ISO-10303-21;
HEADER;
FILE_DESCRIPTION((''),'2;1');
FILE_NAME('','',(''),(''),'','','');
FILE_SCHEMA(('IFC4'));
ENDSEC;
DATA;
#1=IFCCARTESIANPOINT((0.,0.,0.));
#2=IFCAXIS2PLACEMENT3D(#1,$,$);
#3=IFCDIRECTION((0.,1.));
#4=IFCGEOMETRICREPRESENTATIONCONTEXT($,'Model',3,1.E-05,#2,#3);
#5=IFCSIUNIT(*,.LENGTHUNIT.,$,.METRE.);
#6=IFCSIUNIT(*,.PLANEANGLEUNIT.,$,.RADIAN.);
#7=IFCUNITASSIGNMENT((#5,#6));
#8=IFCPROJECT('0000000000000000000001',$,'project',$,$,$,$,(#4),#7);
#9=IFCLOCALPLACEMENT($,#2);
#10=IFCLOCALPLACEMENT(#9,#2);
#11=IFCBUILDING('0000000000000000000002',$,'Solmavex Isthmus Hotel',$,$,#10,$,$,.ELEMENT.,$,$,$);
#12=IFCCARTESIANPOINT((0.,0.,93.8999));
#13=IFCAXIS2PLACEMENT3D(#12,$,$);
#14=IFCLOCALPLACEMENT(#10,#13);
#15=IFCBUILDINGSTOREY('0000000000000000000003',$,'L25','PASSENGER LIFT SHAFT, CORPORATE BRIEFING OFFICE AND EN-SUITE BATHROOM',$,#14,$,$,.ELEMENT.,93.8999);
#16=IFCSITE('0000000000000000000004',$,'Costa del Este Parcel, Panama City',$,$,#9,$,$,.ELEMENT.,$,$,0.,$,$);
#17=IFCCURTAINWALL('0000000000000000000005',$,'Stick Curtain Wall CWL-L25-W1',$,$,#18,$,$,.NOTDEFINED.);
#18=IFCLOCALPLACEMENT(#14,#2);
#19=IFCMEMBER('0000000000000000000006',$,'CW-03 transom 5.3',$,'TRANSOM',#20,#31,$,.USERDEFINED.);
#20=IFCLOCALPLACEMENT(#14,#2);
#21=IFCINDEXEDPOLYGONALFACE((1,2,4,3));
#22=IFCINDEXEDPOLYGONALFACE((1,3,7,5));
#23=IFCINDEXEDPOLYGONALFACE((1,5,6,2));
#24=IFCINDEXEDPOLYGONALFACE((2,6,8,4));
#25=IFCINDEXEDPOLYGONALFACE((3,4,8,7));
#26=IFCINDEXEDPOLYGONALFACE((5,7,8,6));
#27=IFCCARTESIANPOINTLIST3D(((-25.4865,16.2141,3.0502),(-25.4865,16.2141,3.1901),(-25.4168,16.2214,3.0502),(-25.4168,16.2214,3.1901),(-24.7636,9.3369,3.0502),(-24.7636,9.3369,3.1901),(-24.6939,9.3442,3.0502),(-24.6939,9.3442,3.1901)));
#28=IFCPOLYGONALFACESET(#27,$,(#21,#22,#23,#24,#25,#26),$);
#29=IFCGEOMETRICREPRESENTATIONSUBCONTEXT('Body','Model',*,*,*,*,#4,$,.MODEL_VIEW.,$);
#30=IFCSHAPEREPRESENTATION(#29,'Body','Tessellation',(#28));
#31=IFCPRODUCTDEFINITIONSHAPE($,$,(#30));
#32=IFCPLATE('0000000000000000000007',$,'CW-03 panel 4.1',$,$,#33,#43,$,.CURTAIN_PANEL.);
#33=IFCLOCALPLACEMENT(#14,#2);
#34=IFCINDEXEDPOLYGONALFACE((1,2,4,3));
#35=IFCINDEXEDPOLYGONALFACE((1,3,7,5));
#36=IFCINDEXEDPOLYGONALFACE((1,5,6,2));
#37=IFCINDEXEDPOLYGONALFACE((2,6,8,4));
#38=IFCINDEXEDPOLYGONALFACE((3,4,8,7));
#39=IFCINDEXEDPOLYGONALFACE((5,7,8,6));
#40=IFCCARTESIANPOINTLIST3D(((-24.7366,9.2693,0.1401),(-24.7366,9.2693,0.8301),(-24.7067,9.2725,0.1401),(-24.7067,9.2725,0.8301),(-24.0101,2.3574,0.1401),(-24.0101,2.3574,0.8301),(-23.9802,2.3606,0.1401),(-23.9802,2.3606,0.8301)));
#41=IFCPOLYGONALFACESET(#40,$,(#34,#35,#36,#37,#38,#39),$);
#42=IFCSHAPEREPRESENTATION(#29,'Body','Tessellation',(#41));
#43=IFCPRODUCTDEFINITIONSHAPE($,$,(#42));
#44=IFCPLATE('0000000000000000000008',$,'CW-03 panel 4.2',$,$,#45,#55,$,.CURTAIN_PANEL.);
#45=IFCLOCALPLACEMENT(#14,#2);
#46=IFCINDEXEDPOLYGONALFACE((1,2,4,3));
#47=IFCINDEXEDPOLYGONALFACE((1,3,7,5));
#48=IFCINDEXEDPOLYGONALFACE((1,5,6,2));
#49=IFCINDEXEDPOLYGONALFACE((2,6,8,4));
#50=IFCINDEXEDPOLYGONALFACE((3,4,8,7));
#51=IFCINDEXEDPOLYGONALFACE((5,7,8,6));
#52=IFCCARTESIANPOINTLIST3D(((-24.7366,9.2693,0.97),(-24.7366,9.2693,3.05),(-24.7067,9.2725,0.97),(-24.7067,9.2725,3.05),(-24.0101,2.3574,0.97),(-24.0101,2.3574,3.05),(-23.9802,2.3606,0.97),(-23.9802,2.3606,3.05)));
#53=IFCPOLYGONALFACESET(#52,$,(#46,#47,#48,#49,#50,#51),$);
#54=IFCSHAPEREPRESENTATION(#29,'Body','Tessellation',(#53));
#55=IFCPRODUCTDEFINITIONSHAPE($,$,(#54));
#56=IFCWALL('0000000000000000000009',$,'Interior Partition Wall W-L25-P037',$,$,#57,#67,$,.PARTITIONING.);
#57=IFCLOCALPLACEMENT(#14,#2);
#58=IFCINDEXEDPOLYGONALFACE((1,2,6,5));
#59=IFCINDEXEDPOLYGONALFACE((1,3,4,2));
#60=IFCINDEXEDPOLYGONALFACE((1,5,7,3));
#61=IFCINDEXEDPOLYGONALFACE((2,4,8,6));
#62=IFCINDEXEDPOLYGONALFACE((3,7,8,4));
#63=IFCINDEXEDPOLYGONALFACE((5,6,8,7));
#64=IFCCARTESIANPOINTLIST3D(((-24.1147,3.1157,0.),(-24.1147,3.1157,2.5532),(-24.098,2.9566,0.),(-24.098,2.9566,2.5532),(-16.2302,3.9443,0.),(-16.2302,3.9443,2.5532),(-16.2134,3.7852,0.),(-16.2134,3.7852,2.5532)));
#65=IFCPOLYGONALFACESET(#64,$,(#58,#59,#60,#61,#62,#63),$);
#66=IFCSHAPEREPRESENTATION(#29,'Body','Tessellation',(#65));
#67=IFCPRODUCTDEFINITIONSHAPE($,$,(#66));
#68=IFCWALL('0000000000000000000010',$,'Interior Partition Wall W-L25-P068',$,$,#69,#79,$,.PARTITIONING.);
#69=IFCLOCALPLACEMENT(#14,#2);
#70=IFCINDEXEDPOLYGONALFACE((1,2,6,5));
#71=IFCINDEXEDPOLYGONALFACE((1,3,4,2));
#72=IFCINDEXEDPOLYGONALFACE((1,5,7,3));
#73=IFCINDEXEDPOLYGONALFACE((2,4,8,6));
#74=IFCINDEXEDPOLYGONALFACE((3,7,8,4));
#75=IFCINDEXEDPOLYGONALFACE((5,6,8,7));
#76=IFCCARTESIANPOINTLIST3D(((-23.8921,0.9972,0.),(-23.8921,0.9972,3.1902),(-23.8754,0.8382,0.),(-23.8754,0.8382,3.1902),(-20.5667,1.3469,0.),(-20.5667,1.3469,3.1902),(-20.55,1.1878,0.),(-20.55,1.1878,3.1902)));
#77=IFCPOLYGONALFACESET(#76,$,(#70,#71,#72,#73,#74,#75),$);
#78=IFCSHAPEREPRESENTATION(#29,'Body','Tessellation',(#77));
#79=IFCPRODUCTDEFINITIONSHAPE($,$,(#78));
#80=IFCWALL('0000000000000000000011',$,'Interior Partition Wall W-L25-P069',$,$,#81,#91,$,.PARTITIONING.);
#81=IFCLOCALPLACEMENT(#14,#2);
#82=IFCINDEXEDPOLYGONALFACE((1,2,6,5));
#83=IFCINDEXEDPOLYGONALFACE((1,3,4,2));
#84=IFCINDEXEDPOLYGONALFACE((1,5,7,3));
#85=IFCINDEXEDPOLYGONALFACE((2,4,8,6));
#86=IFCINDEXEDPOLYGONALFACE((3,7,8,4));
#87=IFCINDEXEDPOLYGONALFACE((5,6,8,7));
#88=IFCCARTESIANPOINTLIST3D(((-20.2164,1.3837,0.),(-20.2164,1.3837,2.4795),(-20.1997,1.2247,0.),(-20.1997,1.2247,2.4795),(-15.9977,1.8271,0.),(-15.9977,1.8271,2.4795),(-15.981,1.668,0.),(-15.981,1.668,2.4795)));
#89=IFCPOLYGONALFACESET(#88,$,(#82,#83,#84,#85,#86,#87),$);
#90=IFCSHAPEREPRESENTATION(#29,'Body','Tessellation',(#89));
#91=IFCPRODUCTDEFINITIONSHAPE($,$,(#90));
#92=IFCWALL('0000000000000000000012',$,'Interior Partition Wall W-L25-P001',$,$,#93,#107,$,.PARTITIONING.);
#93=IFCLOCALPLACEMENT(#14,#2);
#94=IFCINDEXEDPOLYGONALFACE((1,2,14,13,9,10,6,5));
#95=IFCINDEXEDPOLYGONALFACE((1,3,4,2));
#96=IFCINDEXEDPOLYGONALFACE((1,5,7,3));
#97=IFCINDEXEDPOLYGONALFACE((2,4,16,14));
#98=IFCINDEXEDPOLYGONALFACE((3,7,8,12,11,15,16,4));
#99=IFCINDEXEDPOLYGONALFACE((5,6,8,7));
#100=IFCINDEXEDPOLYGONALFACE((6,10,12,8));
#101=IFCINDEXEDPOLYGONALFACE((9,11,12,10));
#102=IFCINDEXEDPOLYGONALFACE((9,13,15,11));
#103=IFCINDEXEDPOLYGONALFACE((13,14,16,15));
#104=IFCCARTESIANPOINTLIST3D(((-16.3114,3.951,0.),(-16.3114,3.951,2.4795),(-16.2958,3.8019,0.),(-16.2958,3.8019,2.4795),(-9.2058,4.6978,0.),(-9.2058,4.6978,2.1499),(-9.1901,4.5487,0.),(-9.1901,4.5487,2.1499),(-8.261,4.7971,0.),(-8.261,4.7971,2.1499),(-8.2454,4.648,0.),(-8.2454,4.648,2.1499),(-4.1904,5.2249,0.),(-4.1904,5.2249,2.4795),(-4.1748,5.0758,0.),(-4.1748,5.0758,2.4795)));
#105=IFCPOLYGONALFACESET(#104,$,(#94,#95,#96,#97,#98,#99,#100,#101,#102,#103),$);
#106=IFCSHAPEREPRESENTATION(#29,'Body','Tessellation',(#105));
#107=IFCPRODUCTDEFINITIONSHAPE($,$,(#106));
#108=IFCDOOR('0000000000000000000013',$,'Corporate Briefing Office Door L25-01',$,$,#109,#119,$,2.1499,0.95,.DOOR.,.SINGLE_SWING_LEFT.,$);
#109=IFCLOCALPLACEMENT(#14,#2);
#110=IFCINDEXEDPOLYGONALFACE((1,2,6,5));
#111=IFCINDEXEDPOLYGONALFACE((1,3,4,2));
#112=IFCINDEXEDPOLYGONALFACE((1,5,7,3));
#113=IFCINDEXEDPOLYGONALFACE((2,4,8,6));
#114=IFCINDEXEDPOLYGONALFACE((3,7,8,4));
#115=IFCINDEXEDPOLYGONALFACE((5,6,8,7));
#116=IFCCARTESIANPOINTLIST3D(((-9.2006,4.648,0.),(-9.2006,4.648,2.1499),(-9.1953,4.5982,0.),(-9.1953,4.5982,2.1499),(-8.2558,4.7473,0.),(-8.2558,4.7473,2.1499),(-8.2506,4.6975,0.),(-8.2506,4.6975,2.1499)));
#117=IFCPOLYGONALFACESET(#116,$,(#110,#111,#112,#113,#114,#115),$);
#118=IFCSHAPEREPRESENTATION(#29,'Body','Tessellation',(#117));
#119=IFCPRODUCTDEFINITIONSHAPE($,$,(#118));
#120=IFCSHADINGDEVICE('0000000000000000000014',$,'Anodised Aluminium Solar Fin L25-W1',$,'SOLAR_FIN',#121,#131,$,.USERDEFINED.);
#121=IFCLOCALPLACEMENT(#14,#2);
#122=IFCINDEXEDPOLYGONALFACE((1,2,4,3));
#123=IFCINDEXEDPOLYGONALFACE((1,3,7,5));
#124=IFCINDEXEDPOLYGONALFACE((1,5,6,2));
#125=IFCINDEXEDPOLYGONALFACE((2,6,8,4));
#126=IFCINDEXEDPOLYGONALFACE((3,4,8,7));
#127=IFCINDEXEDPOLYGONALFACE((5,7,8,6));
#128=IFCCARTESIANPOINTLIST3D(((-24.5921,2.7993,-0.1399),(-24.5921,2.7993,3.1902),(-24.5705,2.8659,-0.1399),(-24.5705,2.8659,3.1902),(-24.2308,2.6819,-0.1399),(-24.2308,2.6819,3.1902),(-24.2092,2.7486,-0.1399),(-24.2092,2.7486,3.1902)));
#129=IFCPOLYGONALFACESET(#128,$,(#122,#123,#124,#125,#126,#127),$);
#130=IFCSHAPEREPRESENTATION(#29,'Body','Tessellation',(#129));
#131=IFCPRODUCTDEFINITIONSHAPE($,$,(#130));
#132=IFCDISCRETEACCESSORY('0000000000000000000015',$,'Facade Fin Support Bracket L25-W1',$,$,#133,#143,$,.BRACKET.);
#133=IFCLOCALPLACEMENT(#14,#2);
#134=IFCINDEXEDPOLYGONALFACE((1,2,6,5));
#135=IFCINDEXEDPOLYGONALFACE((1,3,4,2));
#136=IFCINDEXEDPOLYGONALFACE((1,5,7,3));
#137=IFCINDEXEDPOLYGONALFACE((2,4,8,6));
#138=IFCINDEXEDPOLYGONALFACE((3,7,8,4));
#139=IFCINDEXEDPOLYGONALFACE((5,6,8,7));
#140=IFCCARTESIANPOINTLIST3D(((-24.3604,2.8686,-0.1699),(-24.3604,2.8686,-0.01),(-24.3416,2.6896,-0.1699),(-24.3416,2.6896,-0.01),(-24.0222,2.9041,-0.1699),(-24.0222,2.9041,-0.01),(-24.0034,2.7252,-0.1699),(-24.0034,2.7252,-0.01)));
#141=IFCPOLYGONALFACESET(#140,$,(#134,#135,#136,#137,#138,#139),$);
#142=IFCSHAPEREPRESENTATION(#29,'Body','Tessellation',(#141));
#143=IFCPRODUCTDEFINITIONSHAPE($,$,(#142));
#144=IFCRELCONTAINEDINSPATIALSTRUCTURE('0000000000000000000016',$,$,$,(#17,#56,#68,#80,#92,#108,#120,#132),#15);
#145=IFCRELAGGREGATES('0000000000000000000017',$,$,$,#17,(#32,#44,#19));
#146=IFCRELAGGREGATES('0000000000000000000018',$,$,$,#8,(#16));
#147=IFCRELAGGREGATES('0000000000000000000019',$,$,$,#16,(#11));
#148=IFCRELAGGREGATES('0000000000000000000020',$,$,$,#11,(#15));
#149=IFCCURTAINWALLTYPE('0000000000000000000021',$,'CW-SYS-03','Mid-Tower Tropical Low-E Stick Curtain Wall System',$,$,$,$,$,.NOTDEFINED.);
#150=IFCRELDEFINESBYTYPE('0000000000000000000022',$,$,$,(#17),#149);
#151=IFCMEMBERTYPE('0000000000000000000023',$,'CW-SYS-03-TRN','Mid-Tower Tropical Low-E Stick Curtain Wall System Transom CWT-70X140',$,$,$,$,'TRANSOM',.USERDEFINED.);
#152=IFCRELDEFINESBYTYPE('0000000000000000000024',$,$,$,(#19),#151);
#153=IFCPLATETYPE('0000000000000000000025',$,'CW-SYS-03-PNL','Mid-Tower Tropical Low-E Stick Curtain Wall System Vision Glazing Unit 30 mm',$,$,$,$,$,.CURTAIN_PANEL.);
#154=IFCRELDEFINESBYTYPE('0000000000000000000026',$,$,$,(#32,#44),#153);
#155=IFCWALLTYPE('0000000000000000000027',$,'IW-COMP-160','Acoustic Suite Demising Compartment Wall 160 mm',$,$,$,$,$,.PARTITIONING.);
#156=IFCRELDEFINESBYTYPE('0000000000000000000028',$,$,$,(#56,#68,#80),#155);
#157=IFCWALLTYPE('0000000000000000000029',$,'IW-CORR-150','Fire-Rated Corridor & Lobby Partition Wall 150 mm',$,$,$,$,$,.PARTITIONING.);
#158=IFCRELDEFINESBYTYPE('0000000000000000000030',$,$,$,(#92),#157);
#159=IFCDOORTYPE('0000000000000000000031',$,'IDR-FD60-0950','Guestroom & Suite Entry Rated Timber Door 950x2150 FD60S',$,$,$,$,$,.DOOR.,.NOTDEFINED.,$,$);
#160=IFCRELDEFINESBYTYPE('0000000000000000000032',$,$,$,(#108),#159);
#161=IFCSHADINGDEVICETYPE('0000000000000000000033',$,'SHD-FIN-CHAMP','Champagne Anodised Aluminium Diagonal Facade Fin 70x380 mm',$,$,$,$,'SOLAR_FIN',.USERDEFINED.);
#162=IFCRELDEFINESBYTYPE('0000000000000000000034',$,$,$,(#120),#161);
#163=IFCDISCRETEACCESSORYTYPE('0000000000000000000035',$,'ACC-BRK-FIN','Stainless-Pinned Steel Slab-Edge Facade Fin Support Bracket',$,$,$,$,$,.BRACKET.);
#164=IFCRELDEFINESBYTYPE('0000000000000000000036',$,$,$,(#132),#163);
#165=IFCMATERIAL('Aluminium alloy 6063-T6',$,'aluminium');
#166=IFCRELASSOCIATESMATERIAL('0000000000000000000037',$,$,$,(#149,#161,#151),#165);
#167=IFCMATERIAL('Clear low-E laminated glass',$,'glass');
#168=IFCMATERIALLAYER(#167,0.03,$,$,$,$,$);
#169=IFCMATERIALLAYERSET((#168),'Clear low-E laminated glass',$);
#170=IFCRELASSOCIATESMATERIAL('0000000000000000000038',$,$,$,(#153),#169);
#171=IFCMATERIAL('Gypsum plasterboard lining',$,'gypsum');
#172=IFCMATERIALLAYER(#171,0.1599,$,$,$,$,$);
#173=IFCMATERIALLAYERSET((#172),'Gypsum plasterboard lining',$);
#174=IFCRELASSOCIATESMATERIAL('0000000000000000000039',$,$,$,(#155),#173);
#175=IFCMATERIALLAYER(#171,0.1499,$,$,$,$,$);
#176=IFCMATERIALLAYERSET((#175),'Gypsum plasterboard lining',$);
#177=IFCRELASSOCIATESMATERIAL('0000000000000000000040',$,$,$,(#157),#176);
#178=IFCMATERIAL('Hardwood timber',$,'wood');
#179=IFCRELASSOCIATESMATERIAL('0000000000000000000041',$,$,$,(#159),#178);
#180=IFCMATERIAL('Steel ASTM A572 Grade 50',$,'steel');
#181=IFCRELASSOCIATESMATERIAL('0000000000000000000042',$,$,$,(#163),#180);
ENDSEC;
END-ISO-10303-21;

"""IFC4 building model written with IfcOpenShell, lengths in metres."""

from ifc_helpers import new_model, si_unit, direction, frame, frame_2d, origin, origin_2d, place, context, subcontext, project, spatial, rectangle, extrude, material, layer, layer_set, material_profile, profile_set, type_object, element, fill, aggregate, save


model = new_model("IFC4")

# Units and contexts
model_context = context("Model", 3, precision=1e-05, world=origin(), true_north=direction((0.0, 1.0)))
body_context = subcontext(model_context, "Body", "Model", "MODEL_VIEW")
ifc_project = project(units=[si_unit("LENGTHUNIT", "METRE"), si_unit("PLANEANGLEUNIT", "RADIAN")], contexts=[model_context])

# Site, building, storey
site_placement = place(None, origin())
site = spatial("IfcSite", under=ifc_project, at=site_placement, Name="Costa del Este Parcel, Panama City", CompositionType="ELEMENT", RefElevation=0.0)
building_placement = place(site_placement, origin())
building = spatial("IfcBuilding", under=site, at=building_placement, Name="Solmavex Isthmus Hotel", CompositionType="ELEMENT")
storey_placement = place(building_placement, frame((0.0, 0.0, 93.8999)))
storey = spatial("IfcBuildingStorey", under=building, at=storey_placement, Name="L25", Description="PASSENGER LIFT SHAFT, CORPORATE BRIEFING OFFICE AND EN-SUITE BATHROOM", CompositionType="ELEMENT", Elevation=93.8999)

# Curtain wall, member, plates
ifc_material_1 = material(Name="Aluminium alloy 6063-T6", Category="aluminium")
curtain_wall_type = type_object("IfcCurtainWallType", Name="CW-SYS-03", Description="Mid-Tower Tropical Low-E Stick Curtain Wall System", PredefinedType="NOTDEFINED", material=ifc_material_1)
curtain_wall_placement = place(storey_placement, origin())
curtain_wall = element("IfcCurtainWall", 1, at=curtain_wall_placement, inside=storey, type_object=curtain_wall_type, Name="Stick Curtain Wall CWL-L25-W1", PredefinedType="NOTDEFINED")
ifc_material_profile_1 = material_profile(ifc_material_1, rectangle(XDim=0.0701, YDim=0.1399, at=origin_2d()), Name="CWT-70X140")
ifc_profile_set_1 = profile_set([ifc_material_profile_1], Name="Aluminium alloy 6063-T6")
member_type_1 = type_object("IfcMemberType", Name="CW-SYS-03-TRN", Description="Mid-Tower Tropical Low-E Stick Curtain Wall System Transom CWT-70X140", ElementType="TRANSOM", PredefinedType="USERDEFINED", material=ifc_profile_set_1)
member_1_placement = place(storey_placement, frame((-24.7288, 9.3406, 3.1201), z_axis=(-0.10454, 0.994521, 0.0), x_axis=(-0.994521, -0.10454, 0.0)))
member_1 = element("IfcMember", 2, at=member_1_placement, type_object=member_type_1, Name="CW-03 transom 5.3", ObjectType="TRANSOM", PredefinedType="USERDEFINED", context=body_context, shape_type="SweptSolid", body=[
    extrude(rectangle(XDim=0.0701, YDim=0.1399, at=origin_2d()), origin(), (0.0, 0.0, 1.0), 6.915),
])
ifc_material_2 = material(Name="Clear low-E laminated glass", Category="glass")
ifc_layer_1 = layer(ifc_material_2, 0.03)
ifc_layer_set_1 = layer_set([ifc_layer_1], Name="Clear low-E laminated glass")
plate_type = type_object("IfcPlateType", Name="CW-SYS-03-PNL", Description="Mid-Tower Tropical Low-E Stick Curtain Wall System Vision Glazing Unit 30 mm", PredefinedType="CURTAIN_PANEL", material=ifc_layer_set_1)
plate_1_placement = place(storey_placement, frame((-24.3584, 5.8149, 0.1401), z_axis=(0.0, 0.0, 1.0), x_axis=(-0.104528, 0.994522, 0.0)))
plate_1 = element("IfcPlate", 3, at=plate_1_placement, type_object=plate_type, Name="CW-03 panel 4.1", PredefinedType="CURTAIN_PANEL", context=body_context, shape_type="SweptSolid", body=[
    extrude(rectangle(XDim=6.95, YDim=0.03, at=origin_2d()), origin(), (0.0, 0.0, 1.0), 0.6899),
])
plate_2_placement = place(storey_placement, frame((-24.3584, 5.8149, 0.97), z_axis=(0.0, 0.0, 1.0), x_axis=(-0.104528, 0.994522, 0.0)))
plate_2 = element("IfcPlate", 4, at=plate_2_placement, type_object=plate_type, Name="CW-03 panel 4.2", PredefinedType="CURTAIN_PANEL", context=body_context, shape_type="SweptSolid", body=[
    extrude(rectangle(XDim=6.95, YDim=0.03, at=origin_2d()), origin(), (0.0, 0.0, 1.0), 2.0801),
])
aggregate(curtain_wall, [plate_1, plate_2, member_1])

# Walls
ifc_material_3 = material(Name="Gypsum plasterboard lining", Category="gypsum")
ifc_layer_2 = layer(ifc_material_3, 0.1599)
ifc_layer_set_2 = layer_set([ifc_layer_2], Name="Gypsum plasterboard lining")
wall_type_1 = type_object("IfcWallType", Name="IW-COMP-160", Description="Acoustic Suite Demising Compartment Wall 160 mm", PredefinedType="PARTITIONING", material=ifc_layer_set_2)
wall_1_placement = place(storey_placement, frame((-16.2219, 3.8647, 0.0), z_axis=(0.0, 0.0, 1.0), x_axis=(-0.994523, -0.104518, 0.0)))
element("IfcWall", 5, at=wall_1_placement, inside=storey, type_object=wall_type_1, Name="Interior Partition Wall W-L25-P037", PredefinedType="PARTITIONING", context=body_context, shape_type="SweptSolid", body=[
    extrude(rectangle(XDim=7.928, YDim=0.1599, at=frame_2d((3.9639, 0.0))), origin(), (0.0, 0.0, 1.0), 2.5532),
])
wall_2_placement = place(storey_placement, frame((-20.5583, 1.2673, 0.0), z_axis=(0.0, 0.0, 1.0), x_axis=(-0.994519, -0.104556, 0.0)))
element("IfcWall", 6, at=wall_2_placement, inside=storey, type_object=wall_type_1, Name="Interior Partition Wall W-L25-P068", PredefinedType="PARTITIONING", context=body_context, shape_type="SweptSolid", body=[
    extrude(rectangle(XDim=3.3438, YDim=0.1599, at=frame_2d((1.6719, 0.0))), origin(), (0.0, 0.0, 1.0), 3.1902),
])
wall_3_placement = place(storey_placement, frame((-15.9893, 1.7476, 0.0), z_axis=(0.0, 0.0, 1.0), x_axis=(-0.994523, -0.104517, 0.0)))
element("IfcWall", 7, at=wall_3_placement, inside=storey, type_object=wall_type_1, Name="Interior Partition Wall W-L25-P069", PredefinedType="PARTITIONING", context=body_context, shape_type="SweptSolid", body=[
    extrude(rectangle(XDim=4.2419, YDim=0.1599, at=frame_2d((2.1211, 0.0))), origin(), (0.0, 0.0, 1.0), 2.4795),
])

# Wall, opening, door
ifc_layer_3 = layer(ifc_material_3, 0.1499)
ifc_layer_set_3 = layer_set([ifc_layer_3], Name="Gypsum plasterboard lining")
wall_type_2 = type_object("IfcWallType", Name="IW-CORR-150", Description="Fire-Rated Corridor & Lobby Partition Wall 150 mm", PredefinedType="PARTITIONING", material=ifc_layer_set_3)
wall_4_placement = place(storey_placement, frame((-16.3035, 3.8765, 0.0), z_axis=(0.0, 0.0, 1.0), x_axis=(0.994522, 0.104524, 0.0)))
wall_4 = element("IfcWall", 8, at=wall_4_placement, inside=storey, type_object=wall_type_2, Name="Interior Partition Wall W-L25-P001", PredefinedType="PARTITIONING", context=body_context, shape_type="SweptSolid", body=[
    extrude(rectangle(XDim=12.1877, YDim=0.1499, at=frame_2d((6.0938, 0.0))), origin(), (0.0, 0.0, 1.0), 2.4795),
])
opening_1_placement = place(wall_4_placement, frame((7.1445, 0.0, 0.0)))
opening_1 = element("IfcOpeningElement", 9, at=opening_1_placement, cuts=wall_4, PredefinedType="OPENING", context=body_context, shape_type="SweptSolid", body=[
    extrude(rectangle(XDim=0.95, YDim=2.1499, at=frame_2d((0.4751, 1.075))), frame((0.0, 0.085, 0.0), z_axis=(0.0, -1.0, 0.0), x_axis=(1.0, 0.0, 0.0)), (0.0, 0.0, 1.0), 0.1699),
])
ifc_material_4 = material(Name="Hardwood timber", Category="wood")
door_type = type_object("IfcDoorType", Name="IDR-FD60-0950", Description="Guestroom & Suite Entry Rated Timber Door 950x2150 FD60S", OperationType="NOTDEFINED", PredefinedType="DOOR", material=ifc_material_4)
door_1_placement = place(opening_1_placement, origin())
door_1 = element("IfcDoor", 10, at=door_1_placement, inside=storey, type_object=door_type, Name="Corporate Briefing Office Door L25-01", OperationType="SINGLE_SWING_LEFT", OverallHeight=2.1499, OverallWidth=0.95, PredefinedType="DOOR", context=body_context, shape_type="SweptSolid", body=[
    extrude(rectangle(XDim=0.95, YDim=2.1499, at=frame_2d((0.4751, 1.075))), frame((0.0, 0.0249, 0.0), z_axis=(0.0, -1.0, 0.0), x_axis=(1.0, 0.0, 0.0)), (0.0, 0.0, 1.0), 0.05),
])
fill(opening_1, door_1)

# Shading device
shading_device_type = type_object("IfcShadingDeviceType", Name="SHD-FIN-CHAMP", Description="Champagne Anodised Aluminium Diagonal Facade Fin 70x380 mm", ElementType="SOLAR_FIN", PredefinedType="USERDEFINED", material=ifc_material_1)
shading_device_placement = place(storey_placement, frame((-24.4006, 2.7739, -0.1399), z_axis=(0.0, 0.0, 1.0), x_axis=(-0.951057, 0.309017, 0.0)))
element("IfcShadingDevice", 11, at=shading_device_placement, inside=storey, type_object=shading_device_type, Name="Anodised Aluminium Solar Fin L25-W1", ObjectType="SOLAR_FIN", PredefinedType="USERDEFINED", context=body_context, shape_type="SweptSolid", body=[
    extrude(rectangle(XDim=0.3799, YDim=0.0701, at=origin_2d()), origin(), (0.0, 0.0, 1.0), 3.3301),
])

# Discrete accessory
ifc_material_5 = material(Name="Steel ASTM A572 Grade 50", Category="steel")
discrete_accessory_type = type_object("IfcDiscreteAccessoryType", Name="ACC-BRK-FIN", Description="Stainless-Pinned Steel Slab-Edge Facade Fin Support Bracket", PredefinedType="BRACKET", material=ifc_material_5)
discrete_accessory_placement = place(storey_placement, frame((-24.1819, 2.7969, -0.1699), z_axis=(0.0, 0.0, 1.0), x_axis=(-0.994522, -0.104528, 0.0)))
element("IfcDiscreteAccessory", 12, at=discrete_accessory_placement, inside=storey, type_object=discrete_accessory_type, Name="Facade Fin Support Bracket L25-W1", PredefinedType="BRACKET", context=body_context, shape_type="SweptSolid", body=[
    extrude(rectangle(XDim=0.3401, YDim=0.1799, at=origin_2d()), origin(), (0.0, 0.0, 1.0), 0.1599),
])

save(model, "model.ifc")
